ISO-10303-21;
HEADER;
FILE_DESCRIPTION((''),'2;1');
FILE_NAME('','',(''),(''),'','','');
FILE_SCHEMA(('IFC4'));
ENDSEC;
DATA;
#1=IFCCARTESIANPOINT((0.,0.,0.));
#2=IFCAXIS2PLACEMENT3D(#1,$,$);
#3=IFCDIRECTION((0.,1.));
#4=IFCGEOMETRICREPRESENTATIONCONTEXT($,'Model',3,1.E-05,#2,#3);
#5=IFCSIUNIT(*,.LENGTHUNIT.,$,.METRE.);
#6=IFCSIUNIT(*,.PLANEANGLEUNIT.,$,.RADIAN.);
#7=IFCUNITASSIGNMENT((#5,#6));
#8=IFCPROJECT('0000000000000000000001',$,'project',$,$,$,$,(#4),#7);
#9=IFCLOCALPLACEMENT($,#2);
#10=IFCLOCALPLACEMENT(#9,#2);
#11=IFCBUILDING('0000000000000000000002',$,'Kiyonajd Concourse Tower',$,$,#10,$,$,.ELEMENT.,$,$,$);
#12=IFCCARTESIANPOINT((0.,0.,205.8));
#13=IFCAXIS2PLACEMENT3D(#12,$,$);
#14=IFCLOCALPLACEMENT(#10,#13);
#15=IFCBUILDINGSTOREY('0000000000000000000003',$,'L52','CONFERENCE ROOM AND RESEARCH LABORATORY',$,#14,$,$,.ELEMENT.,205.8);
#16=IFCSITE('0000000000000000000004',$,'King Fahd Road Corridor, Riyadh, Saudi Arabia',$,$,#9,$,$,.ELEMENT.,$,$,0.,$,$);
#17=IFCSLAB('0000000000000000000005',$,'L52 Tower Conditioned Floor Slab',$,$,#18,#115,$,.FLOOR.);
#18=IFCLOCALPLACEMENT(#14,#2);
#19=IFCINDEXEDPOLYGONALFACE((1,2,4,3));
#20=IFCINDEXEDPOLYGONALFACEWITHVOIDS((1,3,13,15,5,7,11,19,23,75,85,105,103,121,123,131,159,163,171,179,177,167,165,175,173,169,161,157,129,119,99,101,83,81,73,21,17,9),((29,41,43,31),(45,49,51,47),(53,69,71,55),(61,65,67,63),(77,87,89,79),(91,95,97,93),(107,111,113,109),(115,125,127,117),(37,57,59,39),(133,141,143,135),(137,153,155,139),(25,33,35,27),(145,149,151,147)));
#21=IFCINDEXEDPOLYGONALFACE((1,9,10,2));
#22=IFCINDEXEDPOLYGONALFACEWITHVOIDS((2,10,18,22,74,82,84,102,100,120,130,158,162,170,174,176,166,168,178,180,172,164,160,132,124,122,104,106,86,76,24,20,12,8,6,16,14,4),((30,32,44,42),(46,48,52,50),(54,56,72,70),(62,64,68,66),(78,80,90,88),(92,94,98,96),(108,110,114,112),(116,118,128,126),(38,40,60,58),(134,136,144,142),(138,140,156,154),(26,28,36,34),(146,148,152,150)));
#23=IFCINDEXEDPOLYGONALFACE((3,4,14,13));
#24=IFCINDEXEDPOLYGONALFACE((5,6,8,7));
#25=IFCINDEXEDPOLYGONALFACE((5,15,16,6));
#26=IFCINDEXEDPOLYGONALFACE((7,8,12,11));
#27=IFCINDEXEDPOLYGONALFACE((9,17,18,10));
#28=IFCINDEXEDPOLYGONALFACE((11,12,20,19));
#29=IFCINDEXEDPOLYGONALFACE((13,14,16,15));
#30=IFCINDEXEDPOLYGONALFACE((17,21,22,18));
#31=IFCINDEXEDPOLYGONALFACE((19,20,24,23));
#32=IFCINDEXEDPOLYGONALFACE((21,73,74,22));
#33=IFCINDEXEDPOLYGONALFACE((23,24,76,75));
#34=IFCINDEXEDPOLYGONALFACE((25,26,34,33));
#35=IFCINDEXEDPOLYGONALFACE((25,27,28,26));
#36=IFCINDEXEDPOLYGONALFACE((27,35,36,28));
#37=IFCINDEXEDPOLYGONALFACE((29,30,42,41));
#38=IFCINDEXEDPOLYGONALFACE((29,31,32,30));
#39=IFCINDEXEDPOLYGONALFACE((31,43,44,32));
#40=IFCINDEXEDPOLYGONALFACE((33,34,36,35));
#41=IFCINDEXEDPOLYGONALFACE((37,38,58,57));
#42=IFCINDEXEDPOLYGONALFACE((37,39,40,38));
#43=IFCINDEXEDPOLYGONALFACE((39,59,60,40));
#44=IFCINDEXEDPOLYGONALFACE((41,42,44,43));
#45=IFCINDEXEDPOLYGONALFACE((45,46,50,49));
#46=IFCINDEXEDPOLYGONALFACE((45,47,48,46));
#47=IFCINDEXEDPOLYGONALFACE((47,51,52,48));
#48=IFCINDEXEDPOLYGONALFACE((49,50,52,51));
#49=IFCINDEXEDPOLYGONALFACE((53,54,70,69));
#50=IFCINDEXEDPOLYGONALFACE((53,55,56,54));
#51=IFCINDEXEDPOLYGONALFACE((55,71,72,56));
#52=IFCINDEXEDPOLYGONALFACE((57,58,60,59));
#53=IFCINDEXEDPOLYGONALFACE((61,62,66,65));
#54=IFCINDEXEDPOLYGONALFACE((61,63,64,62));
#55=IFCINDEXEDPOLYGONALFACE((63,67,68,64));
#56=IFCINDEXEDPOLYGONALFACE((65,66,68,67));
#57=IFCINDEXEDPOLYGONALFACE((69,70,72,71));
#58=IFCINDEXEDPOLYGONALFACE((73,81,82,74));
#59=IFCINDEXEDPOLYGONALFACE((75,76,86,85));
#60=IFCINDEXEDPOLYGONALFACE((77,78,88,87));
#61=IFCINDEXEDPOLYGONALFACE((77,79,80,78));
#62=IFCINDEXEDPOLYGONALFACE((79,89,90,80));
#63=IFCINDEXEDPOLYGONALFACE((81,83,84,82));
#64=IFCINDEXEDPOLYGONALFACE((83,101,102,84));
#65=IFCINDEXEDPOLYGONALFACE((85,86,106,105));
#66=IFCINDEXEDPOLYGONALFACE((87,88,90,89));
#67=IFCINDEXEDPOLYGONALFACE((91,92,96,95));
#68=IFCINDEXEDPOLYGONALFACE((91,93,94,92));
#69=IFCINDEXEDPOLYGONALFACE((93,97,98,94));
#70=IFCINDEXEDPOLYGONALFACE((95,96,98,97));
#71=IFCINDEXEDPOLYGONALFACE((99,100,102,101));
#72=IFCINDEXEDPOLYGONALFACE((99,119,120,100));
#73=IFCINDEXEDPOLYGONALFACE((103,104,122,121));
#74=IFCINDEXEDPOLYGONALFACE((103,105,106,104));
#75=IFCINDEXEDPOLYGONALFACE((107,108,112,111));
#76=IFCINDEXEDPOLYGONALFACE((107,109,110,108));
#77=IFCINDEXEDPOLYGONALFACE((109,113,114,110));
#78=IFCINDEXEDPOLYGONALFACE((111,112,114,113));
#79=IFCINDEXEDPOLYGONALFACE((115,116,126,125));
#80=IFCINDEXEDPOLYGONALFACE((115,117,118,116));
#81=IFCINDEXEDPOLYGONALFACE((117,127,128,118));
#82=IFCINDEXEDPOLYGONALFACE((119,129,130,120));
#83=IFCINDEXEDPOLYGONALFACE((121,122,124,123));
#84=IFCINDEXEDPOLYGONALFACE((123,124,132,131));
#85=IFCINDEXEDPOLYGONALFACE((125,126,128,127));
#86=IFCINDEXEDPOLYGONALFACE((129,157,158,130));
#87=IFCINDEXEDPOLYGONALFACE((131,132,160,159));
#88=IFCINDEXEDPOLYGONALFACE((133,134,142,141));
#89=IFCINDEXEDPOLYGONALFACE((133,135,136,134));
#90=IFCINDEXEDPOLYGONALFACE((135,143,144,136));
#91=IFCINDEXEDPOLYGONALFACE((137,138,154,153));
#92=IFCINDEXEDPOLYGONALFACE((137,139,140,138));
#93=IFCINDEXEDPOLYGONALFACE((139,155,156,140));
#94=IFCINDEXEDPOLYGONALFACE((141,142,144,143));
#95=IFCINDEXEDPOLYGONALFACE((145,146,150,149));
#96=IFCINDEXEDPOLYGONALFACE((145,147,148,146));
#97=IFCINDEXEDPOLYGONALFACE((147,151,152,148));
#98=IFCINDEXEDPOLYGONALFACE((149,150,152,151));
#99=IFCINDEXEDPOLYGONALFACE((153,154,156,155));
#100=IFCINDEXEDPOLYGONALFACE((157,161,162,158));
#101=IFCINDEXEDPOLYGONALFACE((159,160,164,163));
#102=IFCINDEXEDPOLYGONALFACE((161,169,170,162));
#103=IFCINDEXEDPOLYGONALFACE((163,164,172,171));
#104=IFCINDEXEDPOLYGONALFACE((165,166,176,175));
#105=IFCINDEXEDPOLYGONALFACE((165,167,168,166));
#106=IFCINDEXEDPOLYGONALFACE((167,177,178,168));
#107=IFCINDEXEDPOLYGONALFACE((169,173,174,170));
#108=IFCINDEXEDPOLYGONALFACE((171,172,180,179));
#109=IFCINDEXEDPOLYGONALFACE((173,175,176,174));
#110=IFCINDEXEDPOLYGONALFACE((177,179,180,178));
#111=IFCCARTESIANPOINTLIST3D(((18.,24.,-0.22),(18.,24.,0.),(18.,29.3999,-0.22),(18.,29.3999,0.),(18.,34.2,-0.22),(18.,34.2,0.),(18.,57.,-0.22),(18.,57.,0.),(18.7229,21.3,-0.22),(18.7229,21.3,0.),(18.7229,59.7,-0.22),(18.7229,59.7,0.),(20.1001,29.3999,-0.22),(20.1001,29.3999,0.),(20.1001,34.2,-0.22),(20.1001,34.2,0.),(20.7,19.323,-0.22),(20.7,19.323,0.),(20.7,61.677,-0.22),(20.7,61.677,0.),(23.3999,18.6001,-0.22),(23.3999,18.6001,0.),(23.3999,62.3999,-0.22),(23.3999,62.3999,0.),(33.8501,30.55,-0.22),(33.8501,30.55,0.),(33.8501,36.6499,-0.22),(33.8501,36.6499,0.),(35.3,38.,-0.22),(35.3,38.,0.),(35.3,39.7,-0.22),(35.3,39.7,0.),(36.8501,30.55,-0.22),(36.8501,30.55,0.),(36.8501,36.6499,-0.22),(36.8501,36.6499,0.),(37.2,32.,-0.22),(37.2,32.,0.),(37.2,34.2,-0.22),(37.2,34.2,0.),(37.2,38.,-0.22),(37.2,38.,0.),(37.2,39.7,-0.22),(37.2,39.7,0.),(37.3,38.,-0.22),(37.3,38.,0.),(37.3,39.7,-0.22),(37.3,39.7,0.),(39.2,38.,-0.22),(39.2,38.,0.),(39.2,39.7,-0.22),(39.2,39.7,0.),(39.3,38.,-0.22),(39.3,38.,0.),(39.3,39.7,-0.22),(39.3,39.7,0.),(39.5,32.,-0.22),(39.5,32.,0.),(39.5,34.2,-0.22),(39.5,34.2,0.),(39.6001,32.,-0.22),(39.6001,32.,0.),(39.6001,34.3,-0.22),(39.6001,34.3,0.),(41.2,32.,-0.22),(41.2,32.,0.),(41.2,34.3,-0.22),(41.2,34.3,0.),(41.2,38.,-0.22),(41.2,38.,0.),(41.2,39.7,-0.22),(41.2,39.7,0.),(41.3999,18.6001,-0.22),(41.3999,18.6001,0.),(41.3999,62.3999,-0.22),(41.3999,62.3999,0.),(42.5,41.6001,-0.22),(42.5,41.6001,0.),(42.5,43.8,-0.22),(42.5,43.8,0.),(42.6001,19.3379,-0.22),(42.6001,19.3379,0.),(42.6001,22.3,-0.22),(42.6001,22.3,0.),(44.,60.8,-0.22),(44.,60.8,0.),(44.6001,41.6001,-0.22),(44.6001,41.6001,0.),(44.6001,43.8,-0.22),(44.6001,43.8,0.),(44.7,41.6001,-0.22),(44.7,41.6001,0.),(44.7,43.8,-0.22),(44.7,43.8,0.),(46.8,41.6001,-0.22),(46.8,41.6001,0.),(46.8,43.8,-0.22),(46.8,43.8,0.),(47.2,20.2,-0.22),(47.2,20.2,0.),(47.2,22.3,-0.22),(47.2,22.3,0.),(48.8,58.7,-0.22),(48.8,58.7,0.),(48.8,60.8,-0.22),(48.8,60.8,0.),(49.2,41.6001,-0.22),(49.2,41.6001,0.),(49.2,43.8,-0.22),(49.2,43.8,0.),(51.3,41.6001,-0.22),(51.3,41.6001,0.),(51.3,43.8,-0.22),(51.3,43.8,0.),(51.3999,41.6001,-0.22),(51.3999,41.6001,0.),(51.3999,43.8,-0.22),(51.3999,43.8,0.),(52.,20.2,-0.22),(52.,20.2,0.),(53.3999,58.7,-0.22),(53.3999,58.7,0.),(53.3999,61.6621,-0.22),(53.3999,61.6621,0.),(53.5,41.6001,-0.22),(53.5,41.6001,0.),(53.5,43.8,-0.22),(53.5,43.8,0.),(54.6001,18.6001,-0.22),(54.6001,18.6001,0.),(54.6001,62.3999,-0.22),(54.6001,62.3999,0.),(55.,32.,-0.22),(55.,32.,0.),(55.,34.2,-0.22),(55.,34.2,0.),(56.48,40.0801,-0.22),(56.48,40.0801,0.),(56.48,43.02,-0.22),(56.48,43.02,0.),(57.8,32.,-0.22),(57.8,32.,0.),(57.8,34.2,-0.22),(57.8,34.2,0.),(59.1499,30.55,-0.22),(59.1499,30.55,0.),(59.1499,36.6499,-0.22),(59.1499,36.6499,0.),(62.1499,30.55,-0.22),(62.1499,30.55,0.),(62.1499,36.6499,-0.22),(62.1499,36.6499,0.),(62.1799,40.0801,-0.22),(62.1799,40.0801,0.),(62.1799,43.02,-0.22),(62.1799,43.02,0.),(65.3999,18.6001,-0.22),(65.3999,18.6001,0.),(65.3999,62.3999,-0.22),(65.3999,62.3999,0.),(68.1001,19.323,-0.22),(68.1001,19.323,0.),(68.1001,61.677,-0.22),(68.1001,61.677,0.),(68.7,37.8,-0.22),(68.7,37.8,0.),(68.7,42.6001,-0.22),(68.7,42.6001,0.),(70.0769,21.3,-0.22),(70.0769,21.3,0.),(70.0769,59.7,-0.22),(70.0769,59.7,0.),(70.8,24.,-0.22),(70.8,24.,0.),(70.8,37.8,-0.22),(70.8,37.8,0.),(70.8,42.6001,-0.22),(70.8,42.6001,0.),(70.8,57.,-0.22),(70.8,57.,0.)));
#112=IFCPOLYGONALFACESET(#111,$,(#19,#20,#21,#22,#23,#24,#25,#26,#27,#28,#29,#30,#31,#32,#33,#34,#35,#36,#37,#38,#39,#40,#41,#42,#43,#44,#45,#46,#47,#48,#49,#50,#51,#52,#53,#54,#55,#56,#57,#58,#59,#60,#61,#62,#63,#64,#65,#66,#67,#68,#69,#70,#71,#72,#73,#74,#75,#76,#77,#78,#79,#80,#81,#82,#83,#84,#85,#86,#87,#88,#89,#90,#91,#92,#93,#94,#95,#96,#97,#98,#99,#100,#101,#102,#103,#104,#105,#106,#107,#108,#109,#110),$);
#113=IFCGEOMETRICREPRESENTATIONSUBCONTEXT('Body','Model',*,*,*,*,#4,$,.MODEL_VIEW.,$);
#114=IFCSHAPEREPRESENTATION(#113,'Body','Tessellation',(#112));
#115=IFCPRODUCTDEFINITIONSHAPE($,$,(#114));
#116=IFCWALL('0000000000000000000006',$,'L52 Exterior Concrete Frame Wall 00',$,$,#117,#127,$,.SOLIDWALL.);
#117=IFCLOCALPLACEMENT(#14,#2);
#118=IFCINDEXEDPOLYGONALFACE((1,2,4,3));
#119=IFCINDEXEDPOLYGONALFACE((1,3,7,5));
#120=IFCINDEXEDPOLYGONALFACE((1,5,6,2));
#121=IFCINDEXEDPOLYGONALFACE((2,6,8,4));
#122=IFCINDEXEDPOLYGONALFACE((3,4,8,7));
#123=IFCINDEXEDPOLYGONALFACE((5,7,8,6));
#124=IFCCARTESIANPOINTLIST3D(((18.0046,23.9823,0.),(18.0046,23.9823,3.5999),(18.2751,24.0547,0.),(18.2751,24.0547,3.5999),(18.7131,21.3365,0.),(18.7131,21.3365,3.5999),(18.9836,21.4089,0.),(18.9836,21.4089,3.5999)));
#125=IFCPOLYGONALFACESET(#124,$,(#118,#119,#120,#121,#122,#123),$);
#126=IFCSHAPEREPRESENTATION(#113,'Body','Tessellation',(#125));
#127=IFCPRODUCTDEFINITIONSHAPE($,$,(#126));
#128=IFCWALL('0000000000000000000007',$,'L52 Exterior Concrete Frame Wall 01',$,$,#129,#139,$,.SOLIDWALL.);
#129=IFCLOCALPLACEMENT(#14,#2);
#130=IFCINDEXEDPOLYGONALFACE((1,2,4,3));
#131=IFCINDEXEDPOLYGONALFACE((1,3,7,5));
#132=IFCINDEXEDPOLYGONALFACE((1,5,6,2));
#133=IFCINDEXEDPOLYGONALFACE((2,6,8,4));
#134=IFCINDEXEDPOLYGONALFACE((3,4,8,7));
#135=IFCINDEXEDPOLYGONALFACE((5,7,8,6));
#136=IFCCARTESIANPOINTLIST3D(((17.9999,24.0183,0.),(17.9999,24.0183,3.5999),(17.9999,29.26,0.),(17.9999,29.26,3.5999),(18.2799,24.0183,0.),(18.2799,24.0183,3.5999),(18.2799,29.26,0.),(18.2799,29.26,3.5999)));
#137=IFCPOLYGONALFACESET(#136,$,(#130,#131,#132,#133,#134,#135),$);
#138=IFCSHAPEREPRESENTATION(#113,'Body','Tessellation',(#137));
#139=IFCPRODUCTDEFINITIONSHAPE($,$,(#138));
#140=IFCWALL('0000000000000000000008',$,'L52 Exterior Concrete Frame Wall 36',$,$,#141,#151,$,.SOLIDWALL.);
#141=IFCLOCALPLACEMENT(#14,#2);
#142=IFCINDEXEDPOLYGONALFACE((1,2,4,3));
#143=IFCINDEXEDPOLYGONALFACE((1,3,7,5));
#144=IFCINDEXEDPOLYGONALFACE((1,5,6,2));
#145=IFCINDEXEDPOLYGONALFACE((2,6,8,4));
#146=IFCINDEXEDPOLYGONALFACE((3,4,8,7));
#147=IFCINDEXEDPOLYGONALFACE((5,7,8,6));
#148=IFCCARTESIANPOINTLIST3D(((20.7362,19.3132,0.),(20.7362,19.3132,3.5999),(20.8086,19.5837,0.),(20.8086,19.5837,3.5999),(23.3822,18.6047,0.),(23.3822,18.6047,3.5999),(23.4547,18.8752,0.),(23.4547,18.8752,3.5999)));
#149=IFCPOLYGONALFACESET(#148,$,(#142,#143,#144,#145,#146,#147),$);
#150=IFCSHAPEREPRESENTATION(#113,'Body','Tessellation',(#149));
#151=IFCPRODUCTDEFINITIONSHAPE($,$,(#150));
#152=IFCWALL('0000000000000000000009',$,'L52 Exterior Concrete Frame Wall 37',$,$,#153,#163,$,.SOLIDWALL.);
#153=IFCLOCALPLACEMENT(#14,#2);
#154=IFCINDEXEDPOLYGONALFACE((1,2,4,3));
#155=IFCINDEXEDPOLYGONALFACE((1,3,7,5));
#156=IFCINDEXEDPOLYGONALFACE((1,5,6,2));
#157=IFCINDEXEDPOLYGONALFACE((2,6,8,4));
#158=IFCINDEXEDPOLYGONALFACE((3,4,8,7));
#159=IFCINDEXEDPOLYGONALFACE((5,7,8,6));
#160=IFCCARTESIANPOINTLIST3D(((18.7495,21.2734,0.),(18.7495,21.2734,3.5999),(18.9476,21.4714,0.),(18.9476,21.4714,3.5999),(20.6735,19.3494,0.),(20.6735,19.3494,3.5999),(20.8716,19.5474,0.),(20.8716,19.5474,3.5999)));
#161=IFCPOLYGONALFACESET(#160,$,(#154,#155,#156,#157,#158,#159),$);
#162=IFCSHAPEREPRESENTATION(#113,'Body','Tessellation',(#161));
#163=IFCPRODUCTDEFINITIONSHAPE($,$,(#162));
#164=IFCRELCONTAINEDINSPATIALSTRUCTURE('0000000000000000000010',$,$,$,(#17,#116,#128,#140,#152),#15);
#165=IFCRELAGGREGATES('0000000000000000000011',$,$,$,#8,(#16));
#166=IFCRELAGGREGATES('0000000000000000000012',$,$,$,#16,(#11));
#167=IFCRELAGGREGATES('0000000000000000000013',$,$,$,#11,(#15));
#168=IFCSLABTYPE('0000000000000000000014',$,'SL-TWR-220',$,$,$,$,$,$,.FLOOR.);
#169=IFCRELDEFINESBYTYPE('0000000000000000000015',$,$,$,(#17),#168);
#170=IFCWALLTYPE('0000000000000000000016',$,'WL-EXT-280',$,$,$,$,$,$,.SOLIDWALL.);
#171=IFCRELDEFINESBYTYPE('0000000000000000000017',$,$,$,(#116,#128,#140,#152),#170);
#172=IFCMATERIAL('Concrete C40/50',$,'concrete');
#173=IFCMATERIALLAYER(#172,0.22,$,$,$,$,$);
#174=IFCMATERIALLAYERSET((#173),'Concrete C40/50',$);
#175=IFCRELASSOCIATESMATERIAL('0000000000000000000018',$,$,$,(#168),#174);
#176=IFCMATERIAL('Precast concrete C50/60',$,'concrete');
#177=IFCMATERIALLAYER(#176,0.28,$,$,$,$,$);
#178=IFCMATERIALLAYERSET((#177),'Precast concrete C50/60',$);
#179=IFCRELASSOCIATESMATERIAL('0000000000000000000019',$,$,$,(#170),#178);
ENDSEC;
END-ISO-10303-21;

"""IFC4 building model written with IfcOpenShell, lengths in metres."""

from ifc_helpers import new_model, si_unit, direction, frame, frame_2d, origin, place, context, subcontext, project, spatial, polyline, rectangle, outline, extrude, material, layer, layer_set, type_object, element, save


model = new_model("IFC4")

# Units and contexts
model_context = context("Model", 3, precision=1e-05, world=origin(), true_north=direction((0.0, 1.0)))
body_context = subcontext(model_context, "Body", "Model", "MODEL_VIEW")
ifc_project = project(units=[si_unit("LENGTHUNIT", "METRE"), si_unit("PLANEANGLEUNIT", "RADIAN")], contexts=[model_context])

# Site, building, storey
site_placement = place(None, origin())
site = spatial("IfcSite", under=ifc_project, at=site_placement, Name="King Fahd Road Corridor, Riyadh, Saudi Arabia", CompositionType="ELEMENT", RefElevation=0.0)
building_placement = place(site_placement, origin())
building = spatial("IfcBuilding", under=site, at=building_placement, Name="Kiyonajd Concourse Tower", CompositionType="ELEMENT")
storey_placement = place(building_placement, frame((0.0, 0.0, 205.8)))
storey = spatial("IfcBuildingStorey", under=building, at=storey_placement, Name="L52", Description="CONFERENCE ROOM AND RESEARCH LABORATORY", CompositionType="ELEMENT", Elevation=205.8)

# Shared definitions
ifc_material_1 = material(Name="Concrete C40/50", Category="concrete")

# Slab
ifc_material_2 = material(Name="Precast concrete C50/60", Category="concrete")
ifc_layer_1 = layer(ifc_material_1, 0.22)
ifc_layer_set_1 = layer_set([ifc_layer_1], Name="Concrete C40/50")
slab_type_1 = type_object("IfcSlabType", Name="SL-TWR-220", PredefinedType="FLOOR", material=ifc_layer_set_1)
slab_1_placement = place(storey_placement, frame((0.0, 0.0, -0.22)))
element("IfcSlab", 1, at=slab_1_placement, inside=storey, type_object=slab_type_1, Name="L52 Tower Conditioned Floor Slab", PredefinedType="FLOOR", context=body_context, shape_type="SweptSolid", body=[
    extrude(outline(polyline([(18.7229, 21.3), (18.0, 24.0), (18.0, 29.3999), (20.1001, 29.3999), (20.1001, 34.2), (18.0, 34.2), (18.0, 57.0), (18.7229, 59.7), (20.7, 61.677), (23.3999, 62.3999), (41.3999, 62.3999), (44.0, 60.8), (48.8, 60.8), (48.8, 58.7), (53.3999, 58.7), (53.3999, 61.6621), (54.6001, 62.3999), (65.3999, 62.3999), (68.1001, 61.677), (70.0769, 59.7), (70.8, 57.0), (70.8, 42.6001), (68.7, 42.6001), (68.7, 37.8), (70.8, 37.8), (70.8, 24.0), (70.0769, 21.3), (68.1001, 19.323), (65.3999, 18.6001), (54.6001, 18.6001), (52.0, 20.2), (47.2, 20.2), (47.2, 22.3), (42.6001, 22.3), (42.6001, 19.3379), (41.3999, 18.6001), (23.3999, 18.6001), (20.7, 19.323), (18.7229, 21.3)]), holes=[polyline([(39.5, 32.0), (37.2, 32.0), (37.2, 34.2), (39.5, 34.2), (39.5, 32.0)]), polyline([(39.6001, 32.0), (39.6001, 34.3), (41.2, 34.3), (41.2, 32.0), (39.6001, 32.0)]), polyline([(33.8501, 30.55), (33.8501, 36.6499), (36.8501, 36.6499), (36.8501, 30.55), (33.8501, 30.55)]), polyline([(37.2, 38.0), (35.3, 38.0), (35.3, 39.7), (37.2, 39.7), (37.2, 38.0)]), polyline([(37.3, 38.0), (37.3, 39.7), (39.2, 39.7), (39.2, 38.0), (37.3, 38.0)]), polyline([(39.3, 38.0), (39.3, 39.7), (41.2, 39.7), (41.2, 38.0), (39.3, 38.0)]), polyline([(44.6001, 41.6001), (42.5, 41.6001), (42.5, 43.8), (44.6001, 43.8), (44.6001, 41.6001)]), polyline([(55.0, 32.0), (55.0, 34.2), (57.8, 34.2), (57.8, 32.0), (55.0, 32.0)]), polyline([(59.1499, 30.55), (59.1499, 36.6499), (62.1499, 36.6499), (62.1499, 30.55), (59.1499, 30.55)]), polyline([(56.48, 43.02), (62.1799, 43.02), (62.1799, 40.0801), (56.48, 40.0801), (56.48, 43.02)]), polyline([(44.7, 41.6001), (44.7, 43.8), (46.8, 43.8), (46.8, 41.6001), (44.7, 41.6001)]), polyline([(49.2, 41.6001), (49.2, 43.8), (51.3, 43.8), (51.3, 41.6001), (49.2, 41.6001)]), polyline([(51.3999, 41.6001), (51.3999, 43.8), (53.5, 43.8), (53.5, 41.6001), (51.3999, 41.6001)])]), origin(), (0.0, 0.0, 1.0), 0.22),
])

# Walls
ifc_layer_2 = layer(ifc_material_2, 0.28)
ifc_layer_set_2 = layer_set([ifc_layer_2], Name="Precast concrete C50/60")
wall_type = type_object("IfcWallType", Name="WL-EXT-280", PredefinedType="SOLIDWALL", material=ifc_layer_set_2)
wall_1_placement = place(storey_placement, frame((18.8484, 21.3726, 0.0), z_axis=(0.0, 0.0, 1.0), x_axis=(-0.258672, 0.965965, 0.0)))
element("IfcWall", 2, at=wall_1_placement, inside=storey, type_object=wall_type, Name="L52 Exterior Concrete Frame Wall 00", PredefinedType="SOLIDWALL", context=body_context, shape_type="SweptSolid", body=[
    extrude(rectangle(XDim=2.739, YDim=0.28, at=frame_2d((1.3696, 0.0))), origin(), (0.0, 0.0, 1.0), 3.5999),
])
wall_2_placement = place(storey_placement, frame((18.1399, 24.0183, 0.0), z_axis=(0.0, 0.0, 1.0), x_axis=(0.0, 1.0, 0.0)))
element("IfcWall", 3, at=wall_2_placement, inside=storey, type_object=wall_type, Name="L52 Exterior Concrete Frame Wall 01", PredefinedType="SOLIDWALL", context=body_context, shape_type="SweptSolid", body=[
    extrude(rectangle(XDim=5.2417, YDim=0.28, at=frame_2d((2.6208, 0.0))), origin(), (0.0, 0.0, 1.0), 3.5999),
])
wall_3_placement = place(storey_placement, frame((23.4185, 18.74, 0.0), z_axis=(0.0, 0.0, 1.0), x_axis=(-0.965971, 0.25865, 0.0)))
element("IfcWall", 4, at=wall_3_placement, inside=storey, type_object=wall_type, Name="L52 Exterior Concrete Frame Wall 36", PredefinedType="SOLIDWALL", context=body_context, shape_type="SweptSolid", body=[
    extrude(rectangle(XDim=2.7393, YDim=0.28, at=frame_2d((1.3696, 0.0))), origin(), (0.0, 0.0, 1.0), 3.5999),
])
wall_4_placement = place(storey_placement, frame((20.7725, 19.4485, 0.0), z_axis=(0.0, 0.0, 1.0), x_axis=(-0.707107, 0.707107, 0.0)))
element("IfcWall", 5, at=wall_4_placement, inside=storey, type_object=wall_type, Name="L52 Exterior Concrete Frame Wall 37", PredefinedType="SOLIDWALL", context=body_context, shape_type="SweptSolid", body=[
    extrude(rectangle(XDim=2.7209, YDim=0.28, at=frame_2d((1.3604, 0.0))), origin(), (0.0, 0.0, 1.0), 3.5999),
])

save(model, "model.ifc")
